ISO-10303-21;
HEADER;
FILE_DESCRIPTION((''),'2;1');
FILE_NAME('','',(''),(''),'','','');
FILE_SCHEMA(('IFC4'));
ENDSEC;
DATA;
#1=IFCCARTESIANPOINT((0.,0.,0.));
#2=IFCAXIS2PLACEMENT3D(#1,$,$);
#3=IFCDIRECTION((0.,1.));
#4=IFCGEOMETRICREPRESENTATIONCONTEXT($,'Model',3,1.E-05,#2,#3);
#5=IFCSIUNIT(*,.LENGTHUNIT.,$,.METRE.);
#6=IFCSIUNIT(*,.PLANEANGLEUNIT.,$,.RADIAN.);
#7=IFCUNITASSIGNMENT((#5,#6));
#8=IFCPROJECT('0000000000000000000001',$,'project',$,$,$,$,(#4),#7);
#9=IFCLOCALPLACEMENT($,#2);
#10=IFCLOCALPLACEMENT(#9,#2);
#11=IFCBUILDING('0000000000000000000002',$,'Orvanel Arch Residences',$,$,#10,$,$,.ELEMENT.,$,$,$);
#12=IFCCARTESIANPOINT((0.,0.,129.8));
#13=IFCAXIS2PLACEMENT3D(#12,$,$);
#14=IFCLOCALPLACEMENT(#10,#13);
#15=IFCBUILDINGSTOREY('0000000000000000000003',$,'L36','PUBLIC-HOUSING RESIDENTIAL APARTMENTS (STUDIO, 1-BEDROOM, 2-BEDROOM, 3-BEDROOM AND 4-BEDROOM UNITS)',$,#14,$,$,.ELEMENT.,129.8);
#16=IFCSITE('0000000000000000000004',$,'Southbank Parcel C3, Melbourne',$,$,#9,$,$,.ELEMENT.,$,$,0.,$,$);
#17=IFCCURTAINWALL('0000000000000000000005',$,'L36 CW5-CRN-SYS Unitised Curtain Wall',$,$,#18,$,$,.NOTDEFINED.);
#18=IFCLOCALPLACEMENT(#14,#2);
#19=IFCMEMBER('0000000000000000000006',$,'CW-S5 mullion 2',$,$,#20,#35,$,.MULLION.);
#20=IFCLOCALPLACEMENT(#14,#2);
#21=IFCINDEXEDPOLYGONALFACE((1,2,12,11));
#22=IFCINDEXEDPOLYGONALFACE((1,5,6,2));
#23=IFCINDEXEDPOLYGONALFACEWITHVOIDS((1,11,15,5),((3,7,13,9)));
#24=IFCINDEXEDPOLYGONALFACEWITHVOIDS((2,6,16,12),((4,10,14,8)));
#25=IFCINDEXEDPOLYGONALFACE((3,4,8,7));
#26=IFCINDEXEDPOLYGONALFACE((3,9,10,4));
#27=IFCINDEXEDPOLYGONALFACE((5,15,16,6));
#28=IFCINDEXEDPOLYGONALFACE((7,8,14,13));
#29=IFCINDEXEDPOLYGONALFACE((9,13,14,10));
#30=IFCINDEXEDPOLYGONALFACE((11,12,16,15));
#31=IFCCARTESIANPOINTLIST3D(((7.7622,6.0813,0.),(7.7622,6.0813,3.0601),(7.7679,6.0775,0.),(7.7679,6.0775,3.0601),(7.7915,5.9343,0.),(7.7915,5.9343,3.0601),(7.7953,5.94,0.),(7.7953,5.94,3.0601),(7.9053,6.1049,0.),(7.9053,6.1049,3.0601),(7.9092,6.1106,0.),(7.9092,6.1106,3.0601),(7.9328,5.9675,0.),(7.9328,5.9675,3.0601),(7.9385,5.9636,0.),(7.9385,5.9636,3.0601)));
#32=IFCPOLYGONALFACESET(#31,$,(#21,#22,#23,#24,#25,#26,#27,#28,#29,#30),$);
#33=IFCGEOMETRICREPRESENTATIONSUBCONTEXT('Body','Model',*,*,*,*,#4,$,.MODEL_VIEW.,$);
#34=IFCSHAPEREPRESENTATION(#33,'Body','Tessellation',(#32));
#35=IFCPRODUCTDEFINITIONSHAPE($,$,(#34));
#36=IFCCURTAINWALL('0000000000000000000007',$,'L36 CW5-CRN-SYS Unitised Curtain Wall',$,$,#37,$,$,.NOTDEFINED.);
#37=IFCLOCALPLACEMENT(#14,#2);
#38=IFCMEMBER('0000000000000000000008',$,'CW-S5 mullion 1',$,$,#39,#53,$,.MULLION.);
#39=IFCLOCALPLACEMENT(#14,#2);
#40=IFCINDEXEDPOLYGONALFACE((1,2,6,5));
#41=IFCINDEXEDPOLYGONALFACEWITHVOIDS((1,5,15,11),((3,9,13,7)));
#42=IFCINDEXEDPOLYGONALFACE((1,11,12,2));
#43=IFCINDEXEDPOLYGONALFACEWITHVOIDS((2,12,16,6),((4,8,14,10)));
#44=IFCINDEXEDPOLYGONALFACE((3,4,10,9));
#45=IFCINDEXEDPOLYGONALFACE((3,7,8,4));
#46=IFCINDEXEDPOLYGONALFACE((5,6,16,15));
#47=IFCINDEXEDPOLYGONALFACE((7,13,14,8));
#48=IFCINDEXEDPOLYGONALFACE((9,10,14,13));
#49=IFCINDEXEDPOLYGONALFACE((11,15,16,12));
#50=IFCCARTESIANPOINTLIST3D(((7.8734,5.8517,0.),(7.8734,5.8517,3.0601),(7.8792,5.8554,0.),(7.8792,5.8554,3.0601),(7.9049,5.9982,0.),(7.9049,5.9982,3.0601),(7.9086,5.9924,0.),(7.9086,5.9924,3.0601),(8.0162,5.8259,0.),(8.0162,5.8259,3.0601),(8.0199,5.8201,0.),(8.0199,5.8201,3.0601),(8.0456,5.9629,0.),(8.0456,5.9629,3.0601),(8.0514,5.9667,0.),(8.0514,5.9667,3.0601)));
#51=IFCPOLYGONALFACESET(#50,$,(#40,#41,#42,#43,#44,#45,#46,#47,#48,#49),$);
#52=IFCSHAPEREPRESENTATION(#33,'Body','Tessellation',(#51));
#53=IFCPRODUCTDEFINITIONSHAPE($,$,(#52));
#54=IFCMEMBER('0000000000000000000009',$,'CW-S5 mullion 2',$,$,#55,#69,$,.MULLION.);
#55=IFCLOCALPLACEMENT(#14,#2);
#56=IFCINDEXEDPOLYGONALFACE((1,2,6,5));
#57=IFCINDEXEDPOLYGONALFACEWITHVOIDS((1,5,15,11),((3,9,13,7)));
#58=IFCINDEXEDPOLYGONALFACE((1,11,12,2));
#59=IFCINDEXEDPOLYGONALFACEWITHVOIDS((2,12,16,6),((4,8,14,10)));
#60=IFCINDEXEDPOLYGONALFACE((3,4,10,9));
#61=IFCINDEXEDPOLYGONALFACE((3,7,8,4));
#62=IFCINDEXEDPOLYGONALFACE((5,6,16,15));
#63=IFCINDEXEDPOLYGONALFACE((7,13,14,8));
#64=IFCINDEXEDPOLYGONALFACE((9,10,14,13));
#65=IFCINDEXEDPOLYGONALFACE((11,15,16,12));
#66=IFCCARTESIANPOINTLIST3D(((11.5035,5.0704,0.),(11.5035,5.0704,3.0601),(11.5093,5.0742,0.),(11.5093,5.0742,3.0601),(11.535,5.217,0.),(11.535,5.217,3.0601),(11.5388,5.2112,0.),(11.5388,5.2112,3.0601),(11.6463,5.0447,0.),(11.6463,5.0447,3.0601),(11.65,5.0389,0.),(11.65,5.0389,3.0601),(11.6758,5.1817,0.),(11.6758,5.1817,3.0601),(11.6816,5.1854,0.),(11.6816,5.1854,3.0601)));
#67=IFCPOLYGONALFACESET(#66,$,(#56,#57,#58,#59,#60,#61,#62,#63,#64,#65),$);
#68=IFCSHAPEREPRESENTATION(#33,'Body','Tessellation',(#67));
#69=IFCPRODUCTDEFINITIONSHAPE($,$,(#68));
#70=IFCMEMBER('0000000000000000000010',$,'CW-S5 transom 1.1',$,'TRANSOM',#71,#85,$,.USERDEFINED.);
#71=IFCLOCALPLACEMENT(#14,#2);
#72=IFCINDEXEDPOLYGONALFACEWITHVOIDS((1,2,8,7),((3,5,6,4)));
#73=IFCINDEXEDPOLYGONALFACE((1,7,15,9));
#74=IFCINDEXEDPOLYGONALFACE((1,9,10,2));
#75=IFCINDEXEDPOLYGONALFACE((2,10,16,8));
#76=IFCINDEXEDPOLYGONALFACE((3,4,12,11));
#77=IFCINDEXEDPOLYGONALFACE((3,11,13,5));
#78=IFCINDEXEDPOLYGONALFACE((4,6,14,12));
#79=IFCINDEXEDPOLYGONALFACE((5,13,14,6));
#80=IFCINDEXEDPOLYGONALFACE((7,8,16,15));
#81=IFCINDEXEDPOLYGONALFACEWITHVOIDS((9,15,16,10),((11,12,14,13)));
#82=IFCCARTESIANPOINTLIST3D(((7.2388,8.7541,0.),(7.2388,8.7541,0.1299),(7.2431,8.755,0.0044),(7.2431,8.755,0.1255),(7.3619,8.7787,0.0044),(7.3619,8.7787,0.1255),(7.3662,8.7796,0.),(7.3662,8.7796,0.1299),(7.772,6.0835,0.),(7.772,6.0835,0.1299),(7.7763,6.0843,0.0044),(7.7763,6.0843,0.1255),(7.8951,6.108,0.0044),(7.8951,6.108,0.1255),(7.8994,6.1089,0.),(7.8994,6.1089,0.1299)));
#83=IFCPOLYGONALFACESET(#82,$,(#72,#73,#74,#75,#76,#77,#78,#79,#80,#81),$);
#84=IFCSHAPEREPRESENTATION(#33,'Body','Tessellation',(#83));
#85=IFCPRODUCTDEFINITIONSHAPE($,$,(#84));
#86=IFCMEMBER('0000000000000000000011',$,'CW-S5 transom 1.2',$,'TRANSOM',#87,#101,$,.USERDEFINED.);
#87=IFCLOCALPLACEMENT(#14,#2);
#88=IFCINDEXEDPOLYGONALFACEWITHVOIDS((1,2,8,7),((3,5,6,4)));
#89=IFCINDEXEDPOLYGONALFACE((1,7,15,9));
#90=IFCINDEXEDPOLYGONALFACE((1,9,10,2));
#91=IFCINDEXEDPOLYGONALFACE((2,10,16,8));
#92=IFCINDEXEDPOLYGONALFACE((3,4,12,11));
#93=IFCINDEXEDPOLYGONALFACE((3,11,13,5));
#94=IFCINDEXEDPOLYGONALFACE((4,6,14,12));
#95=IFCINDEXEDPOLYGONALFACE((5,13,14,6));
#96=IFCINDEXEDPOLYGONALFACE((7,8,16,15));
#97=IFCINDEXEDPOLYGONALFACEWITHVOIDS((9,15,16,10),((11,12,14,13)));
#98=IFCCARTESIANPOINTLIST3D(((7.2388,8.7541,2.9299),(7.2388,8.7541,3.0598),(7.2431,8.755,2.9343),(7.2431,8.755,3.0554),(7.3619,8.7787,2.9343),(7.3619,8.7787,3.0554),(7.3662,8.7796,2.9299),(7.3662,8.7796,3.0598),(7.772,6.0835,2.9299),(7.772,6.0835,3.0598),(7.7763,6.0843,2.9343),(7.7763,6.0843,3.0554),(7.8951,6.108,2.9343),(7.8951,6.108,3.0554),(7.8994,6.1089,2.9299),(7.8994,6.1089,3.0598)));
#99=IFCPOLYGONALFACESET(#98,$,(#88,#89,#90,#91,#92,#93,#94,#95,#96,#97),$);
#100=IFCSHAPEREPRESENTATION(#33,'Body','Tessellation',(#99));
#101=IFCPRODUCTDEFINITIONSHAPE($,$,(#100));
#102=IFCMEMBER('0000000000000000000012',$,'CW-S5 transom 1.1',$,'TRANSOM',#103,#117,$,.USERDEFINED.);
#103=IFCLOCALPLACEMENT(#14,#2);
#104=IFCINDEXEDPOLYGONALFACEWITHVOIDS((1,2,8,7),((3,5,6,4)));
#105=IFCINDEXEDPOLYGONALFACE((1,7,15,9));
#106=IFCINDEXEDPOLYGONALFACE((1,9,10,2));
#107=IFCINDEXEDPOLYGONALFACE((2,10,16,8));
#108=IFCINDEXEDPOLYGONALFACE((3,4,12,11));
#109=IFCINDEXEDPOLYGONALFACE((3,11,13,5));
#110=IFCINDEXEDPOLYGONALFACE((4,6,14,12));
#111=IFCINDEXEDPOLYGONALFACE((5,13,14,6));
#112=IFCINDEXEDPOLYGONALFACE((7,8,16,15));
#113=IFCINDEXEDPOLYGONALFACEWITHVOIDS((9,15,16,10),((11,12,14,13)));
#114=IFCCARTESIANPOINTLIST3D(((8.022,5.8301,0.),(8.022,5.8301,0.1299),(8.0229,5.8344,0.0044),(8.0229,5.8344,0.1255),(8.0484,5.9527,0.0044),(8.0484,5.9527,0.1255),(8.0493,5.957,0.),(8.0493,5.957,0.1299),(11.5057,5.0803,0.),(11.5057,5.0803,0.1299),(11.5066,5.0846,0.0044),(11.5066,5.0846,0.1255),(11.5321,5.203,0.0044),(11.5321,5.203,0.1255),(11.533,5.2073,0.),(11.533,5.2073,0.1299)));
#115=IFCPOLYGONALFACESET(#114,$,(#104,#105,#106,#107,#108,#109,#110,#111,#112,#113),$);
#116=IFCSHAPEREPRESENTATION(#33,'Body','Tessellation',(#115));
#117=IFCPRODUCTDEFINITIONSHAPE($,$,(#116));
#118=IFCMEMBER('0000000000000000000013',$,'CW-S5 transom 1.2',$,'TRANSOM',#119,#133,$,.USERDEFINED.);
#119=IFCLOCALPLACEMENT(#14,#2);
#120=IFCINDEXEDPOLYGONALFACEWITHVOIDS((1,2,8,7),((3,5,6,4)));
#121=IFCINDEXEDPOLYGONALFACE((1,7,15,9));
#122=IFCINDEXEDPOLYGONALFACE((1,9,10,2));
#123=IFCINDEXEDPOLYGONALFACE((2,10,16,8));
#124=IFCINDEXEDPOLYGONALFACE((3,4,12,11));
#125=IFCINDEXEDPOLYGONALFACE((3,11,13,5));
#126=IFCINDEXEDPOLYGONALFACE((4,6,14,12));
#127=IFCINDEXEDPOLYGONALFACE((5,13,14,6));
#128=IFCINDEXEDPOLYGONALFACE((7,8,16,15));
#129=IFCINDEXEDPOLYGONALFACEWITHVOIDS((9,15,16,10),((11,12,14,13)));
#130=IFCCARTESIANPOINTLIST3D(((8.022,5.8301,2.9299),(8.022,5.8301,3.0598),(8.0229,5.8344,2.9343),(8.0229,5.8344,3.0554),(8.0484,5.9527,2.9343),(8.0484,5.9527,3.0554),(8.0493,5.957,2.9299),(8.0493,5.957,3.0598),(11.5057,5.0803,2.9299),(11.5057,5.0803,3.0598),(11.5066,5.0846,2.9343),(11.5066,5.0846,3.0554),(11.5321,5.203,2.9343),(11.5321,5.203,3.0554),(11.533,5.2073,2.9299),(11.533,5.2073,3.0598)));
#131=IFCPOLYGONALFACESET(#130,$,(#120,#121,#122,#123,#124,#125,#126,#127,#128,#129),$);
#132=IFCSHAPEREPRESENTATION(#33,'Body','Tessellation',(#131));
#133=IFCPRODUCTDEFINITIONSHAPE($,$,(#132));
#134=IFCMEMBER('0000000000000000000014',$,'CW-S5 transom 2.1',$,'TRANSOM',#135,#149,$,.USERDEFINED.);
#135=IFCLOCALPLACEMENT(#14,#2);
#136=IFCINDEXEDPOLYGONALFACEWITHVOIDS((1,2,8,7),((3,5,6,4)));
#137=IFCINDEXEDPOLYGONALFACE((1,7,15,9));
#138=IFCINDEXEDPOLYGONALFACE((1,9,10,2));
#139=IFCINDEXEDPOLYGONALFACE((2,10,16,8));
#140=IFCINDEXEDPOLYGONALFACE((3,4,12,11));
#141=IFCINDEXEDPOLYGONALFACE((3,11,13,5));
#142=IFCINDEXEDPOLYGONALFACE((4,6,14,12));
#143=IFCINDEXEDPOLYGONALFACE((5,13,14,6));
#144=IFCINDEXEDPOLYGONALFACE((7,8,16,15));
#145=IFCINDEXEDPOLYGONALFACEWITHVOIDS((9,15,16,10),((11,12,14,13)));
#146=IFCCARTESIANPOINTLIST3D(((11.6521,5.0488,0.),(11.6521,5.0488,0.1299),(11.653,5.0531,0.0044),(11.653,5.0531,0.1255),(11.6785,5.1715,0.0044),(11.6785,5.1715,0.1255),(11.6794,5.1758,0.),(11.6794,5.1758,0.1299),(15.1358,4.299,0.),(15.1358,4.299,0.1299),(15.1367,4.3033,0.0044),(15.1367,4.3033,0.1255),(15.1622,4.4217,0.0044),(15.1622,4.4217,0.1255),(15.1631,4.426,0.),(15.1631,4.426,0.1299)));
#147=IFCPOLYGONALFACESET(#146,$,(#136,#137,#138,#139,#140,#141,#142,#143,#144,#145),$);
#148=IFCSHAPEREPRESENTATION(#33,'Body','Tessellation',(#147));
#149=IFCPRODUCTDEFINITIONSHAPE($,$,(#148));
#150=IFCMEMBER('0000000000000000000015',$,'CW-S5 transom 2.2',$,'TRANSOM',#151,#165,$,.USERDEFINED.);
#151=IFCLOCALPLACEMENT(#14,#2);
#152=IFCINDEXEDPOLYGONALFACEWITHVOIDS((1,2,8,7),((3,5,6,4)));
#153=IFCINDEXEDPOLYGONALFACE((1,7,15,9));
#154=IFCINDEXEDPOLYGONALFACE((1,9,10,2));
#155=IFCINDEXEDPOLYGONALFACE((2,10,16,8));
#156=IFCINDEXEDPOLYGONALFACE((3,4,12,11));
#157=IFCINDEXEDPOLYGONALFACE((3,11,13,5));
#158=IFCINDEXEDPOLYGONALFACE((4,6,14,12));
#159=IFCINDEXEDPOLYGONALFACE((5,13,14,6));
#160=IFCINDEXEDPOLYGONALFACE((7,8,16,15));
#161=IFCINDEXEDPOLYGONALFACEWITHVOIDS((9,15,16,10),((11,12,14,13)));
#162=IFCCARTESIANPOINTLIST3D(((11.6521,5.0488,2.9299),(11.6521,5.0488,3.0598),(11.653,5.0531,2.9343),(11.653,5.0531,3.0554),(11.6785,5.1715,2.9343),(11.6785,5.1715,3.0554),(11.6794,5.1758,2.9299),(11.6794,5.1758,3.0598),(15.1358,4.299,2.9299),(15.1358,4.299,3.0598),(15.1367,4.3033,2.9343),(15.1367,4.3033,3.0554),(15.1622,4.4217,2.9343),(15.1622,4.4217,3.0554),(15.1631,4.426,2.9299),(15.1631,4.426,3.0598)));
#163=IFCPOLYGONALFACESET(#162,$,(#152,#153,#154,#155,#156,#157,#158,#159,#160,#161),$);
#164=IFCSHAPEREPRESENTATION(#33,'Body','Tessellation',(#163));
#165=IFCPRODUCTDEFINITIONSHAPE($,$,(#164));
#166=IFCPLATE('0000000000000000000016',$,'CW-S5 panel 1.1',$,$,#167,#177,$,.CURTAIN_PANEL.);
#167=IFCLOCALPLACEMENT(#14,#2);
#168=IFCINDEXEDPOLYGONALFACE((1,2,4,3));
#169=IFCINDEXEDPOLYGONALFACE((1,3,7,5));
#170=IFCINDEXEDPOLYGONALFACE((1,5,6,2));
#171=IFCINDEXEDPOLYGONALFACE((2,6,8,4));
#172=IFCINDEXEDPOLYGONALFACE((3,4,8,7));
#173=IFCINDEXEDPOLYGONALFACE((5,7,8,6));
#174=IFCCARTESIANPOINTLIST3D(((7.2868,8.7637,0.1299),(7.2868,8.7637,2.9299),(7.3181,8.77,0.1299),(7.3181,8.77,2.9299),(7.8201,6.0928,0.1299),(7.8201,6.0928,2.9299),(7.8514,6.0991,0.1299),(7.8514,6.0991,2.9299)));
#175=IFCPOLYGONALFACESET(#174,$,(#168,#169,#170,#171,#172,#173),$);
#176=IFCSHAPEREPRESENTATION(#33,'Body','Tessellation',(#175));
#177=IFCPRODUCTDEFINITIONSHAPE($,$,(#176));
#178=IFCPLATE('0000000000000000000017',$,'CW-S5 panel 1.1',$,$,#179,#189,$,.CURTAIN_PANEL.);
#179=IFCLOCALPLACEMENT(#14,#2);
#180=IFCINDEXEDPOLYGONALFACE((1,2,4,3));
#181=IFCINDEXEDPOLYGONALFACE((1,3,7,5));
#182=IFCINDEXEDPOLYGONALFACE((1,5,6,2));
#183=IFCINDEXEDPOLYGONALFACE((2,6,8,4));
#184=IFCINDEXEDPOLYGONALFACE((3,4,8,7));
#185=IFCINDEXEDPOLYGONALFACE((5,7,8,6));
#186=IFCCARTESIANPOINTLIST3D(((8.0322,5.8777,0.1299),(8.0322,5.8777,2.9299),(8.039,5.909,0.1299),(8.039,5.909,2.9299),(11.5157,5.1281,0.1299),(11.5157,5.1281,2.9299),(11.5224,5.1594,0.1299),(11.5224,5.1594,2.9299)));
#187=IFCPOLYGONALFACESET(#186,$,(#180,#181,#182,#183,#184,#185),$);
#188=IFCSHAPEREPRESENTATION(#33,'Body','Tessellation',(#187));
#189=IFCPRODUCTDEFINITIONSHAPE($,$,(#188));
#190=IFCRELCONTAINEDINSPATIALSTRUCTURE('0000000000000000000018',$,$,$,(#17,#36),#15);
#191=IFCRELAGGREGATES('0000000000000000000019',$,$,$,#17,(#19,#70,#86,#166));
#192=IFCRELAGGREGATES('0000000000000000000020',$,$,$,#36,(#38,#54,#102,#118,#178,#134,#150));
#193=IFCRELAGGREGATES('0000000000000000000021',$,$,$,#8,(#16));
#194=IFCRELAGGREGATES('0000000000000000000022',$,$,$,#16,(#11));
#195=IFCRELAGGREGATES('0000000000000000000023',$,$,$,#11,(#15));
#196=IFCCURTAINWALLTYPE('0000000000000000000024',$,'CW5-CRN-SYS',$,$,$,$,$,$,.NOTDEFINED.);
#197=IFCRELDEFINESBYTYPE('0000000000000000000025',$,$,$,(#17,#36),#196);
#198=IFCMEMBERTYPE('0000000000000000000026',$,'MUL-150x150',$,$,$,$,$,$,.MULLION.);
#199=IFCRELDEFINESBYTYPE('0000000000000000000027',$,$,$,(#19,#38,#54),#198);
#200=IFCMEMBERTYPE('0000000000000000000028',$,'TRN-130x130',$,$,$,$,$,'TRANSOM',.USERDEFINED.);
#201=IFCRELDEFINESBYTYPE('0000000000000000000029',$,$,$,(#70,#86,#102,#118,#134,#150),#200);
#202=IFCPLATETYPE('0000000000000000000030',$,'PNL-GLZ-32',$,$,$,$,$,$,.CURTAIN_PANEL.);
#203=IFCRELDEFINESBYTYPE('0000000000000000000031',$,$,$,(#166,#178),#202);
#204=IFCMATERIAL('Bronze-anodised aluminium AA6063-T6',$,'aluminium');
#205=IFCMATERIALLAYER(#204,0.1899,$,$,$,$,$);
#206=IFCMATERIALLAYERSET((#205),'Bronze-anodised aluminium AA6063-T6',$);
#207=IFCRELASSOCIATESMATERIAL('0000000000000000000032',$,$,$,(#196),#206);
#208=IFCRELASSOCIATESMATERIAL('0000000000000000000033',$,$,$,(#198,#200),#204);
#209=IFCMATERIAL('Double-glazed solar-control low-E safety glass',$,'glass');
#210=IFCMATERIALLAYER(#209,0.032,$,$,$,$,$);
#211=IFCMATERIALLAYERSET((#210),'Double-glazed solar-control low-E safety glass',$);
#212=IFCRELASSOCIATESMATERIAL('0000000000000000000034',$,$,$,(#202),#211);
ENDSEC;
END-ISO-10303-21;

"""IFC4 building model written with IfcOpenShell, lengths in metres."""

from ifc_helpers import new_model, si_unit, direction, frame, origin, origin_2d, place, context, subcontext, project, spatial, rectangle, hollow_rectangle, extrude, material, layer, layer_set, material_profile, profile_set, type_object, element, aggregate, save


model = new_model("IFC4")

# Units and contexts
model_context = context("Model", 3, precision=1e-05, world=origin(), true_north=direction((0.0, 1.0)))
body_context = subcontext(model_context, "Body", "Model", "MODEL_VIEW")
ifc_project = project(units=[si_unit("LENGTHUNIT", "METRE"), si_unit("PLANEANGLEUNIT", "RADIAN")], contexts=[model_context])

# Site, building, storey
site_placement = place(None, origin())
site = spatial("IfcSite", under=ifc_project, at=site_placement, Name="Southbank Parcel C3, Melbourne", CompositionType="ELEMENT", RefElevation=0.0)
building_placement = place(site_placement, origin())
building = spatial("IfcBuilding", under=site, at=building_placement, Name="Orvanel Arch Residences", CompositionType="ELEMENT")
storey_placement = place(building_placement, frame((0.0, 0.0, 129.8)))
storey = spatial("IfcBuildingStorey", under=building, at=storey_placement, Name="L36", Description="PUBLIC-HOUSING RESIDENTIAL APARTMENTS (STUDIO, 1-BEDROOM, 2-BEDROOM, 3-BEDROOM AND 4-BEDROOM UNITS)", CompositionType="ELEMENT", Elevation=129.8)

# Curtain wall, member
ifc_material_1 = material(Name="Bronze-anodised aluminium AA6063-T6", Category="aluminium")
ifc_layer_1 = layer(ifc_material_1, 0.1899)
ifc_layer_set_1 = layer_set([ifc_layer_1], Name="Bronze-anodised aluminium AA6063-T6")
curtain_wall_type = type_object("IfcCurtainWallType", Name="CW5-CRN-SYS", PredefinedType="NOTDEFINED", material=ifc_layer_set_1)
curtain_wall_1_placement = place(storey_placement, origin())
curtain_wall_1 = element("IfcCurtainWall", 1, at=curtain_wall_1_placement, inside=storey, type_object=curtain_wall_type, Name="L36 CW5-CRN-SYS Unitised Curtain Wall", PredefinedType="NOTDEFINED")
ifc_material_profile_1 = material_profile(ifc_material_1, hollow_rectangle(XDim=0.1499, YDim=0.1499, WallThickness=0.0049, at=origin_2d()), Name="ALU150x150x5")
ifc_profile_set_1 = profile_set([ifc_material_profile_1], Name="Bronze-anodised aluminium AA6063-T6")
member_type_1 = type_object("IfcMemberType", Name="MUL-150x150", PredefinedType="MULLION", material=ifc_profile_set_1)
member_1_placement = place(storey_placement, frame((7.8503, 6.0225, 0.0), z_axis=(0.0, 0.0, 1.0), x_axis=(0.980644, 0.195798, 0.0)))
member_1 = element("IfcMember", 2, at=member_1_placement, type_object=member_type_1, Name="CW-S5 mullion 2", PredefinedType="MULLION", context=body_context, shape_type="SweptSolid", body=[
    extrude(hollow_rectangle(XDim=0.1499, YDim=0.1499, WallThickness=0.0049, at=origin_2d()), origin(), (0.0, 0.0, 1.0), 3.0601),
])

# Curtain wall, members
curtain_wall_2_placement = place(storey_placement, origin())
curtain_wall_2 = element("IfcCurtainWall", 3, at=curtain_wall_2_placement, inside=storey, type_object=curtain_wall_type, Name="L36 CW5-CRN-SYS Unitised Curtain Wall", PredefinedType="NOTDEFINED")
member_2_placement = place(storey_placement, frame((7.9624, 5.9092, 0.0), z_axis=(0.0, 0.0, 1.0), x_axis=(0.210385, 0.977619, 0.0)))
member_2 = element("IfcMember", 4, at=member_2_placement, type_object=member_type_1, Name="CW-S5 mullion 1", PredefinedType="MULLION", context=body_context, shape_type="SweptSolid", body=[
    extrude(hollow_rectangle(XDim=0.1499, YDim=0.1499, WallThickness=0.0049, at=origin_2d()), origin(), (0.0, 0.0, 1.0), 3.0601),
])
member_3_placement = place(storey_placement, frame((11.5925, 5.1279, 0.0), z_axis=(0.0, 0.0, 1.0), x_axis=(0.210385, 0.977619, 0.0)))
member_3 = element("IfcMember", 5, at=member_3_placement, type_object=member_type_1, Name="CW-S5 mullion 2", PredefinedType="MULLION", context=body_context, shape_type="SweptSolid", body=[
    extrude(hollow_rectangle(XDim=0.1499, YDim=0.1499, WallThickness=0.0049, at=origin_2d()), origin(), (0.0, 0.0, 1.0), 3.0601),
])

# Members
ifc_material_profile_2 = material_profile(ifc_material_1, hollow_rectangle(XDim=0.1299, YDim=0.1299, WallThickness=0.0044, at=origin_2d()), Name="ALU130x130x4.5")
ifc_profile_set_2 = profile_set([ifc_material_profile_2], Name="Bronze-anodised aluminium AA6063-T6")
member_type_2 = type_object("IfcMemberType", Name="TRN-130x130", ElementType="TRANSOM", PredefinedType="USERDEFINED", material=ifc_profile_set_2)
member_4_placement = place(storey_placement, frame((7.3025, 8.7668, 0.0649), z_axis=(0.195789, -0.980646, 0.0), x_axis=(0.980646, 0.195789, 0.0)))
member_4 = element("IfcMember", 6, at=member_4_placement, type_object=member_type_2, Name="CW-S5 transom 1.1", ObjectType="TRANSOM", PredefinedType="USERDEFINED", context=body_context, shape_type="SweptSolid", body=[
    extrude(hollow_rectangle(XDim=0.1299, YDim=0.1299, WallThickness=0.0044, at=origin_2d()), origin(), (0.0, 0.0, 1.0), 2.7234),
])
member_5_placement = place(storey_placement, frame((7.3025, 8.7668, 2.9949), z_axis=(0.195789, -0.980646, 0.0), x_axis=(0.980646, 0.195789, 0.0)))
member_5 = element("IfcMember", 7, at=member_5_placement, type_object=member_type_2, Name="CW-S5 transom 1.2", ObjectType="TRANSOM", PredefinedType="USERDEFINED", context=body_context, shape_type="SweptSolid", body=[
    extrude(hollow_rectangle(XDim=0.1299, YDim=0.1299, WallThickness=0.0044, at=origin_2d()), origin(), (0.0, 0.0, 1.0), 2.7234),
])
member_6_placement = place(storey_placement, frame((8.0356, 5.8936, 0.0649), z_axis=(0.977615, -0.210404, 0.0), x_axis=(0.210404, 0.977615, 0.0)))
member_6 = element("IfcMember", 8, at=member_6_placement, type_object=member_type_2, Name="CW-S5 transom 1.1", ObjectType="TRANSOM", PredefinedType="USERDEFINED", context=body_context, shape_type="SweptSolid", body=[
    extrude(hollow_rectangle(XDim=0.1299, YDim=0.1299, WallThickness=0.0044, at=origin_2d()), origin(), (0.0, 0.0, 1.0), 3.5635),
])
member_7_placement = place(storey_placement, frame((8.0356, 5.8936, 2.9949), z_axis=(0.977615, -0.210404, 0.0), x_axis=(0.210404, 0.977615, 0.0)))
member_7 = element("IfcMember", 9, at=member_7_placement, type_object=member_type_2, Name="CW-S5 transom 1.2", ObjectType="TRANSOM", PredefinedType="USERDEFINED", context=body_context, shape_type="SweptSolid", body=[
    extrude(hollow_rectangle(XDim=0.1299, YDim=0.1299, WallThickness=0.0044, at=origin_2d()), origin(), (0.0, 0.0, 1.0), 3.5635),
])
member_8_placement = place(storey_placement, frame((11.6658, 5.1123, 0.0649), z_axis=(0.977615, -0.210404, 0.0), x_axis=(0.210404, 0.977615, 0.0)))
member_8 = element("IfcMember", 10, at=member_8_placement, type_object=member_type_2, Name="CW-S5 transom 2.1", ObjectType="TRANSOM", PredefinedType="USERDEFINED", context=body_context, shape_type="SweptSolid", body=[
    extrude(hollow_rectangle(XDim=0.1299, YDim=0.1299, WallThickness=0.0044, at=origin_2d()), origin(), (0.0, 0.0, 1.0), 3.5635),
])
member_9_placement = place(storey_placement, frame((11.6658, 5.1123, 2.9949), z_axis=(0.977615, -0.210404, 0.0), x_axis=(0.210404, 0.977615, 0.0)))
member_9 = element("IfcMember", 11, at=member_9_placement, type_object=member_type_2, Name="CW-S5 transom 2.2", ObjectType="TRANSOM", PredefinedType="USERDEFINED", context=body_context, shape_type="SweptSolid", body=[
    extrude(hollow_rectangle(XDim=0.1299, YDim=0.1299, WallThickness=0.0044, at=origin_2d()), origin(), (0.0, 0.0, 1.0), 3.5635),
])

# Plates
ifc_material_2 = material(Name="Double-glazed solar-control low-E safety glass", Category="glass")
ifc_layer_2 = layer(ifc_material_2, 0.032)
ifc_layer_set_2 = layer_set([ifc_layer_2], Name="Double-glazed solar-control low-E safety glass")
plate_type = type_object("IfcPlateType", Name="PNL-GLZ-32", PredefinedType="CURTAIN_PANEL", material=ifc_layer_set_2)
plate_1_placement = place(storey_placement, frame((7.5691, 7.4314, 0.1299), z_axis=(0.0, 0.0, 1.0), x_axis=(0.195798, -0.980644, 0.0)))
plate_1 = element("IfcPlate", 12, at=plate_1_placement, type_object=plate_type, Name="CW-S5 panel 1.1", PredefinedType="CURTAIN_PANEL", context=body_context, shape_type="SweptSolid", body=[
    extrude(rectangle(XDim=2.7236, YDim=0.032, at=origin_2d()), origin(), (0.0, 0.0, 1.0), 2.8),
])
aggregate(curtain_wall_1, [member_1, member_4, member_5, plate_1])
plate_2_placement = place(storey_placement, frame((9.7773, 5.5186, 0.1299), z_axis=(0.0, 0.0, 1.0), x_axis=(0.977619, -0.210385, 0.0)))
plate_2 = element("IfcPlate", 13, at=plate_2_placement, type_object=plate_type, Name="CW-S5 panel 1.1", PredefinedType="CURTAIN_PANEL", context=body_context, shape_type="SweptSolid", body=[
    extrude(rectangle(XDim=3.5632, YDim=0.032, at=origin_2d()), origin(), (0.0, 0.0, 1.0), 2.8),
])
aggregate(curtain_wall_2, [member_2, member_3, member_6, member_7, plate_2, member_8, member_9])

save(model, "model.ifc")
